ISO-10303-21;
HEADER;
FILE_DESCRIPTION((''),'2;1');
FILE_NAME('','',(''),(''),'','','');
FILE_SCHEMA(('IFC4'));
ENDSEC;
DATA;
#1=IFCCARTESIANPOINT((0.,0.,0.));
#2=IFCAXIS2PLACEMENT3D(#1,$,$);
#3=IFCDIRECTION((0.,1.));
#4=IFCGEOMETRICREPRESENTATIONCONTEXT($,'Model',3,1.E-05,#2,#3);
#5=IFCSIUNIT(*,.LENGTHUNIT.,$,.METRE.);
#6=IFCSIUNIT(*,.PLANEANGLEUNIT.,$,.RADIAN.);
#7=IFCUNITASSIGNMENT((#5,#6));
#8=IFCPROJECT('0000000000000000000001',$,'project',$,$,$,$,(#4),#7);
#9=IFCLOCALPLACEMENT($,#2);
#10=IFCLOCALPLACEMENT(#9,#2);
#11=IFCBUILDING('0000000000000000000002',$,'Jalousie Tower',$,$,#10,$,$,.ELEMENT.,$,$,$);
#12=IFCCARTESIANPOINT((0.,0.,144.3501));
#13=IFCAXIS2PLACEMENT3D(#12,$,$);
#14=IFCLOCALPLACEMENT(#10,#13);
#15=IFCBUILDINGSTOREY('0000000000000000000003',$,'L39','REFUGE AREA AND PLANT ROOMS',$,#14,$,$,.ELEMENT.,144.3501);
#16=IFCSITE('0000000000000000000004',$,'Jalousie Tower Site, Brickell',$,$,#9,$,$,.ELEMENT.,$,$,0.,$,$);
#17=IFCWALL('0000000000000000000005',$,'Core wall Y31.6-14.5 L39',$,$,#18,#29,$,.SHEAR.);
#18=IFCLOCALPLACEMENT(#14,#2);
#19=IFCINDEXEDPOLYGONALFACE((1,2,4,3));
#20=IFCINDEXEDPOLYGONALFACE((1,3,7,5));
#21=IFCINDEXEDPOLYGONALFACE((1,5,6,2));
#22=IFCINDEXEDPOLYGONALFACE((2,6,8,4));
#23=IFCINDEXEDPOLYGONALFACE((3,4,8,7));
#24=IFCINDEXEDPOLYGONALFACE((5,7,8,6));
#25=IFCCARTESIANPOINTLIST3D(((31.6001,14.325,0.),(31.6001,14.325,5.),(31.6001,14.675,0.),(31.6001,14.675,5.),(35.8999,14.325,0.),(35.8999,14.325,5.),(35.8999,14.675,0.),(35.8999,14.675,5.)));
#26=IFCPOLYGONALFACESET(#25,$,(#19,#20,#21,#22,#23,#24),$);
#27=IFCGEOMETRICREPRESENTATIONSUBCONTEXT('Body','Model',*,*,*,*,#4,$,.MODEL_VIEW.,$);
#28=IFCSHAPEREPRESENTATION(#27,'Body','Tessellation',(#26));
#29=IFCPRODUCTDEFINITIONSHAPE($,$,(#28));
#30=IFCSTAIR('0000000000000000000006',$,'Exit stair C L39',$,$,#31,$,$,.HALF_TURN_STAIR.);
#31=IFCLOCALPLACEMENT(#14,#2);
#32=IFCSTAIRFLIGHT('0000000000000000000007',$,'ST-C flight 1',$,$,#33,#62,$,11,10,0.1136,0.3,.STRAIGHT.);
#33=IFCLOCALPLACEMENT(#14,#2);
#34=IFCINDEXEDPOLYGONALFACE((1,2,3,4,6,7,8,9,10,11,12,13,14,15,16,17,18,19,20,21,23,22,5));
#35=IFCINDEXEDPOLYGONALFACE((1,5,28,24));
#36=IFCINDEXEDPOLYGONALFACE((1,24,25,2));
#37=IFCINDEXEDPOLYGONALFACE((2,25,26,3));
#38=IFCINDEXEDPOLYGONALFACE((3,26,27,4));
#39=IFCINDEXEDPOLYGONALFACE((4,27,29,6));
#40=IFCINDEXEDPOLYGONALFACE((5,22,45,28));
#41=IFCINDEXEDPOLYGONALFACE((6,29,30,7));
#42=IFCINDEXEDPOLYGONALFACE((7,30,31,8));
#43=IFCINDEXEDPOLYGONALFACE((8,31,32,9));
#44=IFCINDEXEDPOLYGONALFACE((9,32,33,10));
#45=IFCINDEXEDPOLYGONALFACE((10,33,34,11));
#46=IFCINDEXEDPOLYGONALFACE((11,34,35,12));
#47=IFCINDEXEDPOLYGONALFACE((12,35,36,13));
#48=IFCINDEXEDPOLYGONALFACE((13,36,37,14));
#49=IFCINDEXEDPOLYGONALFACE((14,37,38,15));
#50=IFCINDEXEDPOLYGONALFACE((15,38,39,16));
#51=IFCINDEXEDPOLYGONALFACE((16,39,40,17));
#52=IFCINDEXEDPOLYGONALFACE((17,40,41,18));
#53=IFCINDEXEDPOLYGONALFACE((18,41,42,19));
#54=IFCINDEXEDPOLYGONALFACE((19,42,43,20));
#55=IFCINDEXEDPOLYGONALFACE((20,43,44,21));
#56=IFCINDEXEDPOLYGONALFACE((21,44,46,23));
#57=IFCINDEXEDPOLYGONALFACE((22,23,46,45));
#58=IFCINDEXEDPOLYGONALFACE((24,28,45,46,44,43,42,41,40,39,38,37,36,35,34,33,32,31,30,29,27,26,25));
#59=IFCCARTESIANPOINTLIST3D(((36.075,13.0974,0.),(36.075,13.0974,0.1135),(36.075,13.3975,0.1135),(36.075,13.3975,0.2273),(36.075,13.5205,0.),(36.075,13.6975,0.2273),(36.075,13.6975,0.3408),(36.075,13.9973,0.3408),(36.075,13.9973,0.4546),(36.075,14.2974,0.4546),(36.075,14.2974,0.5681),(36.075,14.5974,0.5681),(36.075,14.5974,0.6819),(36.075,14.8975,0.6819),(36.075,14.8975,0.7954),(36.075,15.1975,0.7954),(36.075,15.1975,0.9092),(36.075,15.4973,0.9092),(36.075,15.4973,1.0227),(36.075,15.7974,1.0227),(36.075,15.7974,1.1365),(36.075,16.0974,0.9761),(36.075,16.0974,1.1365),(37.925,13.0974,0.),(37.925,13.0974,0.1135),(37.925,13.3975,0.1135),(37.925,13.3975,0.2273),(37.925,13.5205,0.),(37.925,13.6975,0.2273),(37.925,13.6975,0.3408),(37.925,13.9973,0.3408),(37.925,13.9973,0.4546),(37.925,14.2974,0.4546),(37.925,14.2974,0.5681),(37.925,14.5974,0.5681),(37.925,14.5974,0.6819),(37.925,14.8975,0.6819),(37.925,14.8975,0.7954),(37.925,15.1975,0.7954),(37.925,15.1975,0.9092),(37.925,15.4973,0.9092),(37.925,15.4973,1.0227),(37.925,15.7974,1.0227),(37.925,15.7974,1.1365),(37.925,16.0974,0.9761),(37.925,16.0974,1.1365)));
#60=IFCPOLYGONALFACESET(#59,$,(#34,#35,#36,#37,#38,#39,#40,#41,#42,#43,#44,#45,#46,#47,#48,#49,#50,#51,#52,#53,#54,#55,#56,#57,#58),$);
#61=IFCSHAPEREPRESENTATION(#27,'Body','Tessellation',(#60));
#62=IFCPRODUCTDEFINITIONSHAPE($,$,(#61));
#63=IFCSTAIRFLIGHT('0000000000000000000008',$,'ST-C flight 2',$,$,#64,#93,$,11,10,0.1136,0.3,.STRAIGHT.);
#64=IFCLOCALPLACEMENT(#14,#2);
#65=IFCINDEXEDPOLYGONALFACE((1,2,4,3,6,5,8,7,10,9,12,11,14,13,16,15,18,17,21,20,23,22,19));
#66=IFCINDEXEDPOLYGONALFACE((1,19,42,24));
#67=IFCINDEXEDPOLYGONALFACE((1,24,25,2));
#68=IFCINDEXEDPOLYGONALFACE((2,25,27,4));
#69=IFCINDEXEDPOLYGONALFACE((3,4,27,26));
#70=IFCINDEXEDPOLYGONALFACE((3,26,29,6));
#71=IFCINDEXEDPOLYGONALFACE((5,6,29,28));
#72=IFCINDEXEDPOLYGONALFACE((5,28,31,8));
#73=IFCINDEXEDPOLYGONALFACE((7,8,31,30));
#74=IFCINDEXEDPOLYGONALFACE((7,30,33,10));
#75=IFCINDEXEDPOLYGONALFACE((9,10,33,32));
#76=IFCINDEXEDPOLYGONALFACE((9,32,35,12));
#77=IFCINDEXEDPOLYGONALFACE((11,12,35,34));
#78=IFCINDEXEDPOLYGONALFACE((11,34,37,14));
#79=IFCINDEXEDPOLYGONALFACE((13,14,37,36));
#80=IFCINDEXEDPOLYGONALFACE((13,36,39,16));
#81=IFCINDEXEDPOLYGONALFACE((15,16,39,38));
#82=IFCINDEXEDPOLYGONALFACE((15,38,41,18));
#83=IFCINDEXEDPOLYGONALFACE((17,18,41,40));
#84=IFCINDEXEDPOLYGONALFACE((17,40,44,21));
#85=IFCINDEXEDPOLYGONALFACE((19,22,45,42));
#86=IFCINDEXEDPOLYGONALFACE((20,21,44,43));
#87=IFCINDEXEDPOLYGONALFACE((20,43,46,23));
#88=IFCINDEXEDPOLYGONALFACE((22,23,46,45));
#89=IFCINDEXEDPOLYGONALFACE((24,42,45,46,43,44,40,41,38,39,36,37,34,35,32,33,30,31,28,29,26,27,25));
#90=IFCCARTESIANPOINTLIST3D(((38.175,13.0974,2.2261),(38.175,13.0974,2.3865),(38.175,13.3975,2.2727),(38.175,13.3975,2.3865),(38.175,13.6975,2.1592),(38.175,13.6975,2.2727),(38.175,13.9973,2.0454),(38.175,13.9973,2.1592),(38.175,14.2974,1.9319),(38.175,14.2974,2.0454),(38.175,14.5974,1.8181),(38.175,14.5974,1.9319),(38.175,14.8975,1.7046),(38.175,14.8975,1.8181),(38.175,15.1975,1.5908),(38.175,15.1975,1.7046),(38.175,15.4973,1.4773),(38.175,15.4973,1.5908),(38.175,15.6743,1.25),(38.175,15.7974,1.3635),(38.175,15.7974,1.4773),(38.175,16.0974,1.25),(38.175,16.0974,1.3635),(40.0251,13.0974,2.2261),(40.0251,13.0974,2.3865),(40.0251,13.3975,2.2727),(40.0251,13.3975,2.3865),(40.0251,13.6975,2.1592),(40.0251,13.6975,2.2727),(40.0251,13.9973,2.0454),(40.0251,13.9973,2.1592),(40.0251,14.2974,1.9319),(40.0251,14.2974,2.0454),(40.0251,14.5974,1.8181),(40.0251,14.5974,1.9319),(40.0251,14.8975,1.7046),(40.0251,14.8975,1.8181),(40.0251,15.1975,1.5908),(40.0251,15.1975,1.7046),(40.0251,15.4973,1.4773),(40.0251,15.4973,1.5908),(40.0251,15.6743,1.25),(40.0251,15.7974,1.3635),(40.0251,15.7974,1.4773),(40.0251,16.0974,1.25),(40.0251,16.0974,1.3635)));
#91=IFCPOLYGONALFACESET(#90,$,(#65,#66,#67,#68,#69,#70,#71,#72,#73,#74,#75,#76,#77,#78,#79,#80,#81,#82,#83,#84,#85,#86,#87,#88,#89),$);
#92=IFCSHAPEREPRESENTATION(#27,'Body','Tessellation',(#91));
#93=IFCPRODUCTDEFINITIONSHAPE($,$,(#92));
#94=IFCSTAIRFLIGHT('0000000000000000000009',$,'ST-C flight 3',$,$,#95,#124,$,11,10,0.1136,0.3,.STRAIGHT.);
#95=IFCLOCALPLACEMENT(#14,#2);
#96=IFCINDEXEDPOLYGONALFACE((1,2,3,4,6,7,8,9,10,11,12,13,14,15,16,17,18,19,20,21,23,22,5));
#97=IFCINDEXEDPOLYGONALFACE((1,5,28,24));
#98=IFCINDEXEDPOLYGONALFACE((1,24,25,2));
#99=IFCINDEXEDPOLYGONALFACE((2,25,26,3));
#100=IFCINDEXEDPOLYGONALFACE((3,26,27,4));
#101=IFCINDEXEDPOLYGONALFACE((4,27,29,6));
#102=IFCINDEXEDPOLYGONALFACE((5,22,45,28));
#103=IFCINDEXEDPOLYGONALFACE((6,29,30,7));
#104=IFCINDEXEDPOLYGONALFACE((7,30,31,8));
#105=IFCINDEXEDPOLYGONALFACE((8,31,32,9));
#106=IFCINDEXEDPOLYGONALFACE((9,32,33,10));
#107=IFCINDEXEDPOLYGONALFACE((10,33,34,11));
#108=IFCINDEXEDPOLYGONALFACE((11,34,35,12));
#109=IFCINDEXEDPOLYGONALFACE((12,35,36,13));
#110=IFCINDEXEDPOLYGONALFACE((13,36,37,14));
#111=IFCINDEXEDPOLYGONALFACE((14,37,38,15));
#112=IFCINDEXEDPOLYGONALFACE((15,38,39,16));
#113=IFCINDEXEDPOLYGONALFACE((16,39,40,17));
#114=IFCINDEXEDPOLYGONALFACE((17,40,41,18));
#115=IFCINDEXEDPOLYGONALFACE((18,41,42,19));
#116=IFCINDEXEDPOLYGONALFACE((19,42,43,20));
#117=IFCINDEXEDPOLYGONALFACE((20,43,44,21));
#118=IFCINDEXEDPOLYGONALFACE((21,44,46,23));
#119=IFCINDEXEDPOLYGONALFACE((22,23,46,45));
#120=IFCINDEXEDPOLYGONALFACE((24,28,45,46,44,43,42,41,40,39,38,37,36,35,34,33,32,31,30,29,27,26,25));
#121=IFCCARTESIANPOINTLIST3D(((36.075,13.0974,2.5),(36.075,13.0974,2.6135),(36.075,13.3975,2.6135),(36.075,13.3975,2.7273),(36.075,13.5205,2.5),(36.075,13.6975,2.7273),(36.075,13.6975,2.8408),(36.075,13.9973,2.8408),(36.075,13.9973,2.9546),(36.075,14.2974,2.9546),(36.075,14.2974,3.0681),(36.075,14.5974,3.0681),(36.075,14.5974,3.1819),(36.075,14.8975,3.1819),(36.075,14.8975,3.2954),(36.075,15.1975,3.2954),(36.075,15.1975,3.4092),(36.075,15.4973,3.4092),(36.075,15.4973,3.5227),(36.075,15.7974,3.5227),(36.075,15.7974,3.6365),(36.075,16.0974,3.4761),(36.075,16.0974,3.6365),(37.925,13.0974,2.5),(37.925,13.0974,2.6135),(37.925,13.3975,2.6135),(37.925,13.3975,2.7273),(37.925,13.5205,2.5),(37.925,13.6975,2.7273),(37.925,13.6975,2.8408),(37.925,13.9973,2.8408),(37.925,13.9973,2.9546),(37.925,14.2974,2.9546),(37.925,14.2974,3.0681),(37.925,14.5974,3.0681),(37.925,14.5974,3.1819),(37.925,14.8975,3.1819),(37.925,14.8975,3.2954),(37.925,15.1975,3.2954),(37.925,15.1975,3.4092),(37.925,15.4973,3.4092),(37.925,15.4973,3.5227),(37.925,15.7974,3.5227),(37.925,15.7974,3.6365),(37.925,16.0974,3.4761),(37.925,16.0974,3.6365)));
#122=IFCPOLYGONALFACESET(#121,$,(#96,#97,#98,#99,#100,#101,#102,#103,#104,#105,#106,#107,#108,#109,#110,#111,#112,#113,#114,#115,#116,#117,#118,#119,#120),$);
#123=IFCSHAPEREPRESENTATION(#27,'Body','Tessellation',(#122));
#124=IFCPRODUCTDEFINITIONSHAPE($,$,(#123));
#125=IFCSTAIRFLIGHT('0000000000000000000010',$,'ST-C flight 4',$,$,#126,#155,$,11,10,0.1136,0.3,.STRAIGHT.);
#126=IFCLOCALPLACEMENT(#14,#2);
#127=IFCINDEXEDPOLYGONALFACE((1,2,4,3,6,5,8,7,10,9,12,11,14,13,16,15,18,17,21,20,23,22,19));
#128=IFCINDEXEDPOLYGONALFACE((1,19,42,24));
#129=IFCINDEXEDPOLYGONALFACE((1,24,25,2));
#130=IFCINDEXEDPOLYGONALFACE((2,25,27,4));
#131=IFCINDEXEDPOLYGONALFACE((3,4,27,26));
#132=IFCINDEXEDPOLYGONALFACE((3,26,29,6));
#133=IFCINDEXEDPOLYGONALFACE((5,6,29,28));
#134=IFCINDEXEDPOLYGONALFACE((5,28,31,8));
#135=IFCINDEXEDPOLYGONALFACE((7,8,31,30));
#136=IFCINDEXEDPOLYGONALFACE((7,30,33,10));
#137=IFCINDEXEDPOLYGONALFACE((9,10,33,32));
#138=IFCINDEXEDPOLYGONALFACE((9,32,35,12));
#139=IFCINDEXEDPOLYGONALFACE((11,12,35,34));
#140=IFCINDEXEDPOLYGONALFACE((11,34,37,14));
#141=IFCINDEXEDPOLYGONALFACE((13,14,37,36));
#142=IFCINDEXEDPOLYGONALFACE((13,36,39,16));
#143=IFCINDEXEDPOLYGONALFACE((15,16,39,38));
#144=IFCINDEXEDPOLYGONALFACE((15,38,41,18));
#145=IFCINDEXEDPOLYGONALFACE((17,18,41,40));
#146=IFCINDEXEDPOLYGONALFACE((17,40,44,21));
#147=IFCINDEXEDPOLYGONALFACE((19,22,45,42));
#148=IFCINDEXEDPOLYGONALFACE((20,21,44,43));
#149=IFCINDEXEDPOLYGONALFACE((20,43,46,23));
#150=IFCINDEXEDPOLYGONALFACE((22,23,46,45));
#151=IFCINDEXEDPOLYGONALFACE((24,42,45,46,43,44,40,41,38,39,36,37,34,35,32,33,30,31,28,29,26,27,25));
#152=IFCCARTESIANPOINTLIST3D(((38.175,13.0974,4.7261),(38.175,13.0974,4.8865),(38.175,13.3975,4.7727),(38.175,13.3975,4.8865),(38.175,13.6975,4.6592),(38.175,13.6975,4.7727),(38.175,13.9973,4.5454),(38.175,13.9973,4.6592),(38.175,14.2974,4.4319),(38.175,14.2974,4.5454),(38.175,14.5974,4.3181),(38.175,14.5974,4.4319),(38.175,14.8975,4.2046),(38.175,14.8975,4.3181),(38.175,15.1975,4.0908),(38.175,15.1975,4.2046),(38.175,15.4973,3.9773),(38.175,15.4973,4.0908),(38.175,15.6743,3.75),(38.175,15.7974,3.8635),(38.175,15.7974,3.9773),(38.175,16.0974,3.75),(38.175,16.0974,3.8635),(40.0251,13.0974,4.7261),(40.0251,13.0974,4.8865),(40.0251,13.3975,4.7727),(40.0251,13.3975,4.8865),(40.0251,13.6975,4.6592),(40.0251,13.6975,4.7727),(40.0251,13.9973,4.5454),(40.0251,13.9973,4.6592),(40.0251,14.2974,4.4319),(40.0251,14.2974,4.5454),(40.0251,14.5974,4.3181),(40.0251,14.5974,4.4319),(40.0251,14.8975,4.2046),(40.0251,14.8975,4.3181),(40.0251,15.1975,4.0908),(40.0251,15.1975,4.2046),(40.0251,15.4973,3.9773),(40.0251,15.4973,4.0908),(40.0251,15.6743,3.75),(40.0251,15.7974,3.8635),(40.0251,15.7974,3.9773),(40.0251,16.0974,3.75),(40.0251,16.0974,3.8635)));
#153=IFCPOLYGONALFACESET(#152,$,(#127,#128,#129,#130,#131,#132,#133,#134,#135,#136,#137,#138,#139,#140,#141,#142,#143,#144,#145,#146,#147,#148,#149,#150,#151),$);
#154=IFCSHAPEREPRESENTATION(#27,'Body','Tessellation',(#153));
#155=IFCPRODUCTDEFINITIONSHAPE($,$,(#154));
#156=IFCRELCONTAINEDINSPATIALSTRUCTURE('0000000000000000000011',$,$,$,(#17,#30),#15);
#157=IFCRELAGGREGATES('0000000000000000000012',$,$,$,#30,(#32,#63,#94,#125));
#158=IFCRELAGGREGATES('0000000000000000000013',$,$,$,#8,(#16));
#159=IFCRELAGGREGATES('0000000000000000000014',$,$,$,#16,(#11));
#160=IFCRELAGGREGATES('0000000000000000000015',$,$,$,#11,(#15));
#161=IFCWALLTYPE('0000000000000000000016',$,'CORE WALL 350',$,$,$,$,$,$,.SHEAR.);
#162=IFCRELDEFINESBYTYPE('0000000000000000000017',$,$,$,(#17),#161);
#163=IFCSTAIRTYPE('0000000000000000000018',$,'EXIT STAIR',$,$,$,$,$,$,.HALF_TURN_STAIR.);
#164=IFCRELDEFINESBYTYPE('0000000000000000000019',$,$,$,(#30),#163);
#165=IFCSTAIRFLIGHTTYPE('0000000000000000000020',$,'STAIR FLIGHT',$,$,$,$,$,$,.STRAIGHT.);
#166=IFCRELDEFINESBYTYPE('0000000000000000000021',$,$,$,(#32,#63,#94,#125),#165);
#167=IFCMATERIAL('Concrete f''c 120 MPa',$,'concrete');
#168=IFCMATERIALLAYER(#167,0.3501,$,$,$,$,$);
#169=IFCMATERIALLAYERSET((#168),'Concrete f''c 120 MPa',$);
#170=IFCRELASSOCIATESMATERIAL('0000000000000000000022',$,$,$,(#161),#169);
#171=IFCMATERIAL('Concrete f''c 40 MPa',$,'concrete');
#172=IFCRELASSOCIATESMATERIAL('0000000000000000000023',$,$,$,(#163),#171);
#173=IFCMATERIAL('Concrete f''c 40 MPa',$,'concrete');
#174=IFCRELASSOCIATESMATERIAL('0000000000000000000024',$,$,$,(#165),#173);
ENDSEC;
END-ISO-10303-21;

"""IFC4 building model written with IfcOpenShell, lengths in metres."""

from ifc_helpers import new_model, si_unit, direction, frame, frame_2d, origin, place, context, subcontext, project, spatial, polyline, rectangle, outline, extrude, material, layer, layer_set, type_object, element, aggregate, save


model = new_model("IFC4")

# Units and contexts
model_context = context("Model", 3, precision=1e-05, world=origin(), true_north=direction((0.0, 1.0)))
body_context = subcontext(model_context, "Body", "Model", "MODEL_VIEW")
ifc_project = project(units=[si_unit("LENGTHUNIT", "METRE"), si_unit("PLANEANGLEUNIT", "RADIAN")], contexts=[model_context])

# Site, building, storey
site_placement = place(None, origin())
site = spatial("IfcSite", under=ifc_project, at=site_placement, Name="Jalousie Tower Site, Brickell", CompositionType="ELEMENT", RefElevation=0.0)
building_placement = place(site_placement, origin())
building = spatial("IfcBuilding", under=site, at=building_placement, Name="Jalousie Tower", CompositionType="ELEMENT")
storey_placement = place(building_placement, frame((0.0, 0.0, 144.3501)))
storey = spatial("IfcBuildingStorey", under=building, at=storey_placement, Name="L39", Description="REFUGE AREA AND PLANT ROOMS", CompositionType="ELEMENT", Elevation=144.3501)

# Shared definitions
ifc_material_1 = material(Name="Concrete f'c 120 MPa", Category="concrete")
ifc_layer_1 = layer(ifc_material_1, 0.3501)
ifc_layer_set_1 = layer_set([ifc_layer_1], Name="Concrete f'c 120 MPa")
wall_type_1 = type_object("IfcWallType", Name="CORE WALL 350", PredefinedType="SHEAR", material=ifc_layer_set_1)

# Wall
wall_1_placement = place(storey_placement, frame((31.6001, 14.5, 0.0), z_axis=(0.0, 0.0, 1.0), x_axis=(1.0, 0.0, 0.0)))
element("IfcWall", 1, at=wall_1_placement, inside=storey, type_object=wall_type_1, Name="Core wall Y31.6-14.5 L39", PredefinedType="SHEAR", context=body_context, shape_type="SweptSolid", body=[
    extrude(rectangle(XDim=4.2998, YDim=0.3501, at=frame_2d((2.1499, 0.0))), origin(), (0.0, 0.0, 1.0), 5.0),
])

# Stair, stair flights
ifc_material_2 = material(Name="Concrete f'c 40 MPa", Category="concrete")
stair_type = type_object("IfcStairType", Name="EXIT STAIR", PredefinedType="HALF_TURN_STAIR", material=ifc_material_2)
stair_placement = place(storey_placement, origin())
stair = element("IfcStair", 2, at=stair_placement, inside=storey, type_object=stair_type, Name="Exit stair C L39", PredefinedType="HALF_TURN_STAIR")
ifc_material_3 = material(Name="Concrete f'c 40 MPa", Category="concrete")
stair_flight_type = type_object("IfcStairFlightType", Name="STAIR FLIGHT", PredefinedType="STRAIGHT", material=ifc_material_3)
stair_flight_1_placement = place(storey_placement, frame((37.0, 13.0974, 0.0), z_axis=(0.0, 0.0, 1.0), x_axis=(0.0, 1.0, 0.0)))
stair_flight_1 = element("IfcStairFlight", 3, at=stair_flight_1_placement, type_object=stair_flight_type, Name="ST-C flight 1", NumberOfRisers=11, NumberOfTreads=10, PredefinedType="STRAIGHT", RiserHeight=0.1136, TreadLength=0.3, context=body_context, shape_type="SweptSolid", body=[
    extrude(outline(polyline([(0.0, 0.0), (0.0, 0.1135), (0.3, 0.1135), (0.3, 0.2273), (0.6001, 0.2273), (0.6001, 0.3408), (0.8999, 0.3408), (0.8999, 0.4546), (1.2, 0.4546), (1.2, 0.5681), (1.5, 0.5681), (1.5, 0.6819), (1.8, 0.6819), (1.8, 0.7954), (2.1001, 0.7954), (2.1001, 0.9092), (2.3999, 0.9092), (2.3999, 1.0227), (2.7, 1.0227), (2.7, 1.1365), (3.0, 1.1365), (3.0, 1.25), (3.0, 0.9761), (0.4231, 0.0), (0.0, 0.0)])), frame((0.0, 0.925, 0.0), z_axis=(0.0, -1.0, 0.0), x_axis=(1.0, 0.0, 0.0)), (0.0, 0.0, 1.0), 1.8501),
])
stair_flight_2_placement = place(storey_placement, frame((39.1001, 16.0974, 1.25), z_axis=(0.0, 0.0, 1.0), x_axis=(0.0, -1.0, 0.0)))
stair_flight_2 = element("IfcStairFlight", 4, at=stair_flight_2_placement, type_object=stair_flight_type, Name="ST-C flight 2", NumberOfRisers=11, NumberOfTreads=10, PredefinedType="STRAIGHT", RiserHeight=0.1136, TreadLength=0.3, context=body_context, shape_type="SweptSolid", body=[
    extrude(outline(polyline([(0.0, 0.0), (0.0, 0.1135), (0.3, 0.1135), (0.3, 0.2273), (0.6001, 0.2273), (0.6001, 0.3408), (0.8999, 0.3408), (0.8999, 0.4546), (1.2, 0.4546), (1.2, 0.5681), (1.5, 0.5681), (1.5, 0.6819), (1.8, 0.6819), (1.8, 0.7954), (2.1001, 0.7954), (2.1001, 0.9092), (2.3999, 0.9092), (2.3999, 1.0227), (2.7, 1.0227), (2.7, 1.1365), (3.0, 1.1365), (3.0, 1.25), (3.0, 0.9761), (0.4231, 0.0), (0.0, 0.0)])), frame((0.0, 0.925, 0.0), z_axis=(0.0, -1.0, 0.0), x_axis=(1.0, 0.0, 0.0)), (0.0, 0.0, 1.0), 1.8501),
])
stair_flight_3_placement = place(storey_placement, frame((37.0, 13.0974, 2.5), z_axis=(0.0, 0.0, 1.0), x_axis=(0.0, 1.0, 0.0)))
stair_flight_3 = element("IfcStairFlight", 5, at=stair_flight_3_placement, type_object=stair_flight_type, Name="ST-C flight 3", NumberOfRisers=11, NumberOfTreads=10, PredefinedType="STRAIGHT", RiserHeight=0.1136, TreadLength=0.3, context=body_context, shape_type="SweptSolid", body=[
    extrude(outline(polyline([(0.0, 0.0), (0.0, 0.1135), (0.3, 0.1135), (0.3, 0.2273), (0.6001, 0.2273), (0.6001, 0.3408), (0.8999, 0.3408), (0.8999, 0.4546), (1.2, 0.4546), (1.2, 0.5681), (1.5, 0.5681), (1.5, 0.6819), (1.8, 0.6819), (1.8, 0.7954), (2.1001, 0.7954), (2.1001, 0.9092), (2.3999, 0.9092), (2.3999, 1.0227), (2.7, 1.0227), (2.7, 1.1365), (3.0, 1.1365), (3.0, 1.25), (3.0, 0.9761), (0.4231, 0.0), (0.0, 0.0)])), frame((0.0, 0.925, 0.0), z_axis=(0.0, -1.0, 0.0), x_axis=(1.0, 0.0, 0.0)), (0.0, 0.0, 1.0), 1.8501),
])
stair_flight_4_placement = place(storey_placement, frame((39.1001, 16.0974, 3.75), z_axis=(0.0, 0.0, 1.0), x_axis=(0.0, -1.0, 0.0)))
stair_flight_4 = element("IfcStairFlight", 6, at=stair_flight_4_placement, type_object=stair_flight_type, Name="ST-C flight 4", NumberOfRisers=11, NumberOfTreads=10, PredefinedType="STRAIGHT", RiserHeight=0.1136, TreadLength=0.3, context=body_context, shape_type="SweptSolid", body=[
    extrude(outline(polyline([(0.0, 0.0), (0.0, 0.1135), (0.3, 0.1135), (0.3, 0.2273), (0.6001, 0.2273), (0.6001, 0.3408), (0.8999, 0.3408), (0.8999, 0.4546), (1.2, 0.4546), (1.2, 0.5681), (1.5, 0.5681), (1.5, 0.6819), (1.8, 0.6819), (1.8, 0.7954), (2.1001, 0.7954), (2.1001, 0.9092), (2.3999, 0.9092), (2.3999, 1.0227), (2.7, 1.0227), (2.7, 1.1365), (3.0, 1.1365), (3.0, 1.25), (3.0, 0.9761), (0.4231, 0.0), (0.0, 0.0)])), frame((0.0, 0.925, 0.0), z_axis=(0.0, -1.0, 0.0), x_axis=(1.0, 0.0, 0.0)), (0.0, 0.0, 1.0), 1.8501),
])
aggregate(stair, [stair_flight_1, stair_flight_2, stair_flight_3, stair_flight_4])

save(model, "model.ifc")
